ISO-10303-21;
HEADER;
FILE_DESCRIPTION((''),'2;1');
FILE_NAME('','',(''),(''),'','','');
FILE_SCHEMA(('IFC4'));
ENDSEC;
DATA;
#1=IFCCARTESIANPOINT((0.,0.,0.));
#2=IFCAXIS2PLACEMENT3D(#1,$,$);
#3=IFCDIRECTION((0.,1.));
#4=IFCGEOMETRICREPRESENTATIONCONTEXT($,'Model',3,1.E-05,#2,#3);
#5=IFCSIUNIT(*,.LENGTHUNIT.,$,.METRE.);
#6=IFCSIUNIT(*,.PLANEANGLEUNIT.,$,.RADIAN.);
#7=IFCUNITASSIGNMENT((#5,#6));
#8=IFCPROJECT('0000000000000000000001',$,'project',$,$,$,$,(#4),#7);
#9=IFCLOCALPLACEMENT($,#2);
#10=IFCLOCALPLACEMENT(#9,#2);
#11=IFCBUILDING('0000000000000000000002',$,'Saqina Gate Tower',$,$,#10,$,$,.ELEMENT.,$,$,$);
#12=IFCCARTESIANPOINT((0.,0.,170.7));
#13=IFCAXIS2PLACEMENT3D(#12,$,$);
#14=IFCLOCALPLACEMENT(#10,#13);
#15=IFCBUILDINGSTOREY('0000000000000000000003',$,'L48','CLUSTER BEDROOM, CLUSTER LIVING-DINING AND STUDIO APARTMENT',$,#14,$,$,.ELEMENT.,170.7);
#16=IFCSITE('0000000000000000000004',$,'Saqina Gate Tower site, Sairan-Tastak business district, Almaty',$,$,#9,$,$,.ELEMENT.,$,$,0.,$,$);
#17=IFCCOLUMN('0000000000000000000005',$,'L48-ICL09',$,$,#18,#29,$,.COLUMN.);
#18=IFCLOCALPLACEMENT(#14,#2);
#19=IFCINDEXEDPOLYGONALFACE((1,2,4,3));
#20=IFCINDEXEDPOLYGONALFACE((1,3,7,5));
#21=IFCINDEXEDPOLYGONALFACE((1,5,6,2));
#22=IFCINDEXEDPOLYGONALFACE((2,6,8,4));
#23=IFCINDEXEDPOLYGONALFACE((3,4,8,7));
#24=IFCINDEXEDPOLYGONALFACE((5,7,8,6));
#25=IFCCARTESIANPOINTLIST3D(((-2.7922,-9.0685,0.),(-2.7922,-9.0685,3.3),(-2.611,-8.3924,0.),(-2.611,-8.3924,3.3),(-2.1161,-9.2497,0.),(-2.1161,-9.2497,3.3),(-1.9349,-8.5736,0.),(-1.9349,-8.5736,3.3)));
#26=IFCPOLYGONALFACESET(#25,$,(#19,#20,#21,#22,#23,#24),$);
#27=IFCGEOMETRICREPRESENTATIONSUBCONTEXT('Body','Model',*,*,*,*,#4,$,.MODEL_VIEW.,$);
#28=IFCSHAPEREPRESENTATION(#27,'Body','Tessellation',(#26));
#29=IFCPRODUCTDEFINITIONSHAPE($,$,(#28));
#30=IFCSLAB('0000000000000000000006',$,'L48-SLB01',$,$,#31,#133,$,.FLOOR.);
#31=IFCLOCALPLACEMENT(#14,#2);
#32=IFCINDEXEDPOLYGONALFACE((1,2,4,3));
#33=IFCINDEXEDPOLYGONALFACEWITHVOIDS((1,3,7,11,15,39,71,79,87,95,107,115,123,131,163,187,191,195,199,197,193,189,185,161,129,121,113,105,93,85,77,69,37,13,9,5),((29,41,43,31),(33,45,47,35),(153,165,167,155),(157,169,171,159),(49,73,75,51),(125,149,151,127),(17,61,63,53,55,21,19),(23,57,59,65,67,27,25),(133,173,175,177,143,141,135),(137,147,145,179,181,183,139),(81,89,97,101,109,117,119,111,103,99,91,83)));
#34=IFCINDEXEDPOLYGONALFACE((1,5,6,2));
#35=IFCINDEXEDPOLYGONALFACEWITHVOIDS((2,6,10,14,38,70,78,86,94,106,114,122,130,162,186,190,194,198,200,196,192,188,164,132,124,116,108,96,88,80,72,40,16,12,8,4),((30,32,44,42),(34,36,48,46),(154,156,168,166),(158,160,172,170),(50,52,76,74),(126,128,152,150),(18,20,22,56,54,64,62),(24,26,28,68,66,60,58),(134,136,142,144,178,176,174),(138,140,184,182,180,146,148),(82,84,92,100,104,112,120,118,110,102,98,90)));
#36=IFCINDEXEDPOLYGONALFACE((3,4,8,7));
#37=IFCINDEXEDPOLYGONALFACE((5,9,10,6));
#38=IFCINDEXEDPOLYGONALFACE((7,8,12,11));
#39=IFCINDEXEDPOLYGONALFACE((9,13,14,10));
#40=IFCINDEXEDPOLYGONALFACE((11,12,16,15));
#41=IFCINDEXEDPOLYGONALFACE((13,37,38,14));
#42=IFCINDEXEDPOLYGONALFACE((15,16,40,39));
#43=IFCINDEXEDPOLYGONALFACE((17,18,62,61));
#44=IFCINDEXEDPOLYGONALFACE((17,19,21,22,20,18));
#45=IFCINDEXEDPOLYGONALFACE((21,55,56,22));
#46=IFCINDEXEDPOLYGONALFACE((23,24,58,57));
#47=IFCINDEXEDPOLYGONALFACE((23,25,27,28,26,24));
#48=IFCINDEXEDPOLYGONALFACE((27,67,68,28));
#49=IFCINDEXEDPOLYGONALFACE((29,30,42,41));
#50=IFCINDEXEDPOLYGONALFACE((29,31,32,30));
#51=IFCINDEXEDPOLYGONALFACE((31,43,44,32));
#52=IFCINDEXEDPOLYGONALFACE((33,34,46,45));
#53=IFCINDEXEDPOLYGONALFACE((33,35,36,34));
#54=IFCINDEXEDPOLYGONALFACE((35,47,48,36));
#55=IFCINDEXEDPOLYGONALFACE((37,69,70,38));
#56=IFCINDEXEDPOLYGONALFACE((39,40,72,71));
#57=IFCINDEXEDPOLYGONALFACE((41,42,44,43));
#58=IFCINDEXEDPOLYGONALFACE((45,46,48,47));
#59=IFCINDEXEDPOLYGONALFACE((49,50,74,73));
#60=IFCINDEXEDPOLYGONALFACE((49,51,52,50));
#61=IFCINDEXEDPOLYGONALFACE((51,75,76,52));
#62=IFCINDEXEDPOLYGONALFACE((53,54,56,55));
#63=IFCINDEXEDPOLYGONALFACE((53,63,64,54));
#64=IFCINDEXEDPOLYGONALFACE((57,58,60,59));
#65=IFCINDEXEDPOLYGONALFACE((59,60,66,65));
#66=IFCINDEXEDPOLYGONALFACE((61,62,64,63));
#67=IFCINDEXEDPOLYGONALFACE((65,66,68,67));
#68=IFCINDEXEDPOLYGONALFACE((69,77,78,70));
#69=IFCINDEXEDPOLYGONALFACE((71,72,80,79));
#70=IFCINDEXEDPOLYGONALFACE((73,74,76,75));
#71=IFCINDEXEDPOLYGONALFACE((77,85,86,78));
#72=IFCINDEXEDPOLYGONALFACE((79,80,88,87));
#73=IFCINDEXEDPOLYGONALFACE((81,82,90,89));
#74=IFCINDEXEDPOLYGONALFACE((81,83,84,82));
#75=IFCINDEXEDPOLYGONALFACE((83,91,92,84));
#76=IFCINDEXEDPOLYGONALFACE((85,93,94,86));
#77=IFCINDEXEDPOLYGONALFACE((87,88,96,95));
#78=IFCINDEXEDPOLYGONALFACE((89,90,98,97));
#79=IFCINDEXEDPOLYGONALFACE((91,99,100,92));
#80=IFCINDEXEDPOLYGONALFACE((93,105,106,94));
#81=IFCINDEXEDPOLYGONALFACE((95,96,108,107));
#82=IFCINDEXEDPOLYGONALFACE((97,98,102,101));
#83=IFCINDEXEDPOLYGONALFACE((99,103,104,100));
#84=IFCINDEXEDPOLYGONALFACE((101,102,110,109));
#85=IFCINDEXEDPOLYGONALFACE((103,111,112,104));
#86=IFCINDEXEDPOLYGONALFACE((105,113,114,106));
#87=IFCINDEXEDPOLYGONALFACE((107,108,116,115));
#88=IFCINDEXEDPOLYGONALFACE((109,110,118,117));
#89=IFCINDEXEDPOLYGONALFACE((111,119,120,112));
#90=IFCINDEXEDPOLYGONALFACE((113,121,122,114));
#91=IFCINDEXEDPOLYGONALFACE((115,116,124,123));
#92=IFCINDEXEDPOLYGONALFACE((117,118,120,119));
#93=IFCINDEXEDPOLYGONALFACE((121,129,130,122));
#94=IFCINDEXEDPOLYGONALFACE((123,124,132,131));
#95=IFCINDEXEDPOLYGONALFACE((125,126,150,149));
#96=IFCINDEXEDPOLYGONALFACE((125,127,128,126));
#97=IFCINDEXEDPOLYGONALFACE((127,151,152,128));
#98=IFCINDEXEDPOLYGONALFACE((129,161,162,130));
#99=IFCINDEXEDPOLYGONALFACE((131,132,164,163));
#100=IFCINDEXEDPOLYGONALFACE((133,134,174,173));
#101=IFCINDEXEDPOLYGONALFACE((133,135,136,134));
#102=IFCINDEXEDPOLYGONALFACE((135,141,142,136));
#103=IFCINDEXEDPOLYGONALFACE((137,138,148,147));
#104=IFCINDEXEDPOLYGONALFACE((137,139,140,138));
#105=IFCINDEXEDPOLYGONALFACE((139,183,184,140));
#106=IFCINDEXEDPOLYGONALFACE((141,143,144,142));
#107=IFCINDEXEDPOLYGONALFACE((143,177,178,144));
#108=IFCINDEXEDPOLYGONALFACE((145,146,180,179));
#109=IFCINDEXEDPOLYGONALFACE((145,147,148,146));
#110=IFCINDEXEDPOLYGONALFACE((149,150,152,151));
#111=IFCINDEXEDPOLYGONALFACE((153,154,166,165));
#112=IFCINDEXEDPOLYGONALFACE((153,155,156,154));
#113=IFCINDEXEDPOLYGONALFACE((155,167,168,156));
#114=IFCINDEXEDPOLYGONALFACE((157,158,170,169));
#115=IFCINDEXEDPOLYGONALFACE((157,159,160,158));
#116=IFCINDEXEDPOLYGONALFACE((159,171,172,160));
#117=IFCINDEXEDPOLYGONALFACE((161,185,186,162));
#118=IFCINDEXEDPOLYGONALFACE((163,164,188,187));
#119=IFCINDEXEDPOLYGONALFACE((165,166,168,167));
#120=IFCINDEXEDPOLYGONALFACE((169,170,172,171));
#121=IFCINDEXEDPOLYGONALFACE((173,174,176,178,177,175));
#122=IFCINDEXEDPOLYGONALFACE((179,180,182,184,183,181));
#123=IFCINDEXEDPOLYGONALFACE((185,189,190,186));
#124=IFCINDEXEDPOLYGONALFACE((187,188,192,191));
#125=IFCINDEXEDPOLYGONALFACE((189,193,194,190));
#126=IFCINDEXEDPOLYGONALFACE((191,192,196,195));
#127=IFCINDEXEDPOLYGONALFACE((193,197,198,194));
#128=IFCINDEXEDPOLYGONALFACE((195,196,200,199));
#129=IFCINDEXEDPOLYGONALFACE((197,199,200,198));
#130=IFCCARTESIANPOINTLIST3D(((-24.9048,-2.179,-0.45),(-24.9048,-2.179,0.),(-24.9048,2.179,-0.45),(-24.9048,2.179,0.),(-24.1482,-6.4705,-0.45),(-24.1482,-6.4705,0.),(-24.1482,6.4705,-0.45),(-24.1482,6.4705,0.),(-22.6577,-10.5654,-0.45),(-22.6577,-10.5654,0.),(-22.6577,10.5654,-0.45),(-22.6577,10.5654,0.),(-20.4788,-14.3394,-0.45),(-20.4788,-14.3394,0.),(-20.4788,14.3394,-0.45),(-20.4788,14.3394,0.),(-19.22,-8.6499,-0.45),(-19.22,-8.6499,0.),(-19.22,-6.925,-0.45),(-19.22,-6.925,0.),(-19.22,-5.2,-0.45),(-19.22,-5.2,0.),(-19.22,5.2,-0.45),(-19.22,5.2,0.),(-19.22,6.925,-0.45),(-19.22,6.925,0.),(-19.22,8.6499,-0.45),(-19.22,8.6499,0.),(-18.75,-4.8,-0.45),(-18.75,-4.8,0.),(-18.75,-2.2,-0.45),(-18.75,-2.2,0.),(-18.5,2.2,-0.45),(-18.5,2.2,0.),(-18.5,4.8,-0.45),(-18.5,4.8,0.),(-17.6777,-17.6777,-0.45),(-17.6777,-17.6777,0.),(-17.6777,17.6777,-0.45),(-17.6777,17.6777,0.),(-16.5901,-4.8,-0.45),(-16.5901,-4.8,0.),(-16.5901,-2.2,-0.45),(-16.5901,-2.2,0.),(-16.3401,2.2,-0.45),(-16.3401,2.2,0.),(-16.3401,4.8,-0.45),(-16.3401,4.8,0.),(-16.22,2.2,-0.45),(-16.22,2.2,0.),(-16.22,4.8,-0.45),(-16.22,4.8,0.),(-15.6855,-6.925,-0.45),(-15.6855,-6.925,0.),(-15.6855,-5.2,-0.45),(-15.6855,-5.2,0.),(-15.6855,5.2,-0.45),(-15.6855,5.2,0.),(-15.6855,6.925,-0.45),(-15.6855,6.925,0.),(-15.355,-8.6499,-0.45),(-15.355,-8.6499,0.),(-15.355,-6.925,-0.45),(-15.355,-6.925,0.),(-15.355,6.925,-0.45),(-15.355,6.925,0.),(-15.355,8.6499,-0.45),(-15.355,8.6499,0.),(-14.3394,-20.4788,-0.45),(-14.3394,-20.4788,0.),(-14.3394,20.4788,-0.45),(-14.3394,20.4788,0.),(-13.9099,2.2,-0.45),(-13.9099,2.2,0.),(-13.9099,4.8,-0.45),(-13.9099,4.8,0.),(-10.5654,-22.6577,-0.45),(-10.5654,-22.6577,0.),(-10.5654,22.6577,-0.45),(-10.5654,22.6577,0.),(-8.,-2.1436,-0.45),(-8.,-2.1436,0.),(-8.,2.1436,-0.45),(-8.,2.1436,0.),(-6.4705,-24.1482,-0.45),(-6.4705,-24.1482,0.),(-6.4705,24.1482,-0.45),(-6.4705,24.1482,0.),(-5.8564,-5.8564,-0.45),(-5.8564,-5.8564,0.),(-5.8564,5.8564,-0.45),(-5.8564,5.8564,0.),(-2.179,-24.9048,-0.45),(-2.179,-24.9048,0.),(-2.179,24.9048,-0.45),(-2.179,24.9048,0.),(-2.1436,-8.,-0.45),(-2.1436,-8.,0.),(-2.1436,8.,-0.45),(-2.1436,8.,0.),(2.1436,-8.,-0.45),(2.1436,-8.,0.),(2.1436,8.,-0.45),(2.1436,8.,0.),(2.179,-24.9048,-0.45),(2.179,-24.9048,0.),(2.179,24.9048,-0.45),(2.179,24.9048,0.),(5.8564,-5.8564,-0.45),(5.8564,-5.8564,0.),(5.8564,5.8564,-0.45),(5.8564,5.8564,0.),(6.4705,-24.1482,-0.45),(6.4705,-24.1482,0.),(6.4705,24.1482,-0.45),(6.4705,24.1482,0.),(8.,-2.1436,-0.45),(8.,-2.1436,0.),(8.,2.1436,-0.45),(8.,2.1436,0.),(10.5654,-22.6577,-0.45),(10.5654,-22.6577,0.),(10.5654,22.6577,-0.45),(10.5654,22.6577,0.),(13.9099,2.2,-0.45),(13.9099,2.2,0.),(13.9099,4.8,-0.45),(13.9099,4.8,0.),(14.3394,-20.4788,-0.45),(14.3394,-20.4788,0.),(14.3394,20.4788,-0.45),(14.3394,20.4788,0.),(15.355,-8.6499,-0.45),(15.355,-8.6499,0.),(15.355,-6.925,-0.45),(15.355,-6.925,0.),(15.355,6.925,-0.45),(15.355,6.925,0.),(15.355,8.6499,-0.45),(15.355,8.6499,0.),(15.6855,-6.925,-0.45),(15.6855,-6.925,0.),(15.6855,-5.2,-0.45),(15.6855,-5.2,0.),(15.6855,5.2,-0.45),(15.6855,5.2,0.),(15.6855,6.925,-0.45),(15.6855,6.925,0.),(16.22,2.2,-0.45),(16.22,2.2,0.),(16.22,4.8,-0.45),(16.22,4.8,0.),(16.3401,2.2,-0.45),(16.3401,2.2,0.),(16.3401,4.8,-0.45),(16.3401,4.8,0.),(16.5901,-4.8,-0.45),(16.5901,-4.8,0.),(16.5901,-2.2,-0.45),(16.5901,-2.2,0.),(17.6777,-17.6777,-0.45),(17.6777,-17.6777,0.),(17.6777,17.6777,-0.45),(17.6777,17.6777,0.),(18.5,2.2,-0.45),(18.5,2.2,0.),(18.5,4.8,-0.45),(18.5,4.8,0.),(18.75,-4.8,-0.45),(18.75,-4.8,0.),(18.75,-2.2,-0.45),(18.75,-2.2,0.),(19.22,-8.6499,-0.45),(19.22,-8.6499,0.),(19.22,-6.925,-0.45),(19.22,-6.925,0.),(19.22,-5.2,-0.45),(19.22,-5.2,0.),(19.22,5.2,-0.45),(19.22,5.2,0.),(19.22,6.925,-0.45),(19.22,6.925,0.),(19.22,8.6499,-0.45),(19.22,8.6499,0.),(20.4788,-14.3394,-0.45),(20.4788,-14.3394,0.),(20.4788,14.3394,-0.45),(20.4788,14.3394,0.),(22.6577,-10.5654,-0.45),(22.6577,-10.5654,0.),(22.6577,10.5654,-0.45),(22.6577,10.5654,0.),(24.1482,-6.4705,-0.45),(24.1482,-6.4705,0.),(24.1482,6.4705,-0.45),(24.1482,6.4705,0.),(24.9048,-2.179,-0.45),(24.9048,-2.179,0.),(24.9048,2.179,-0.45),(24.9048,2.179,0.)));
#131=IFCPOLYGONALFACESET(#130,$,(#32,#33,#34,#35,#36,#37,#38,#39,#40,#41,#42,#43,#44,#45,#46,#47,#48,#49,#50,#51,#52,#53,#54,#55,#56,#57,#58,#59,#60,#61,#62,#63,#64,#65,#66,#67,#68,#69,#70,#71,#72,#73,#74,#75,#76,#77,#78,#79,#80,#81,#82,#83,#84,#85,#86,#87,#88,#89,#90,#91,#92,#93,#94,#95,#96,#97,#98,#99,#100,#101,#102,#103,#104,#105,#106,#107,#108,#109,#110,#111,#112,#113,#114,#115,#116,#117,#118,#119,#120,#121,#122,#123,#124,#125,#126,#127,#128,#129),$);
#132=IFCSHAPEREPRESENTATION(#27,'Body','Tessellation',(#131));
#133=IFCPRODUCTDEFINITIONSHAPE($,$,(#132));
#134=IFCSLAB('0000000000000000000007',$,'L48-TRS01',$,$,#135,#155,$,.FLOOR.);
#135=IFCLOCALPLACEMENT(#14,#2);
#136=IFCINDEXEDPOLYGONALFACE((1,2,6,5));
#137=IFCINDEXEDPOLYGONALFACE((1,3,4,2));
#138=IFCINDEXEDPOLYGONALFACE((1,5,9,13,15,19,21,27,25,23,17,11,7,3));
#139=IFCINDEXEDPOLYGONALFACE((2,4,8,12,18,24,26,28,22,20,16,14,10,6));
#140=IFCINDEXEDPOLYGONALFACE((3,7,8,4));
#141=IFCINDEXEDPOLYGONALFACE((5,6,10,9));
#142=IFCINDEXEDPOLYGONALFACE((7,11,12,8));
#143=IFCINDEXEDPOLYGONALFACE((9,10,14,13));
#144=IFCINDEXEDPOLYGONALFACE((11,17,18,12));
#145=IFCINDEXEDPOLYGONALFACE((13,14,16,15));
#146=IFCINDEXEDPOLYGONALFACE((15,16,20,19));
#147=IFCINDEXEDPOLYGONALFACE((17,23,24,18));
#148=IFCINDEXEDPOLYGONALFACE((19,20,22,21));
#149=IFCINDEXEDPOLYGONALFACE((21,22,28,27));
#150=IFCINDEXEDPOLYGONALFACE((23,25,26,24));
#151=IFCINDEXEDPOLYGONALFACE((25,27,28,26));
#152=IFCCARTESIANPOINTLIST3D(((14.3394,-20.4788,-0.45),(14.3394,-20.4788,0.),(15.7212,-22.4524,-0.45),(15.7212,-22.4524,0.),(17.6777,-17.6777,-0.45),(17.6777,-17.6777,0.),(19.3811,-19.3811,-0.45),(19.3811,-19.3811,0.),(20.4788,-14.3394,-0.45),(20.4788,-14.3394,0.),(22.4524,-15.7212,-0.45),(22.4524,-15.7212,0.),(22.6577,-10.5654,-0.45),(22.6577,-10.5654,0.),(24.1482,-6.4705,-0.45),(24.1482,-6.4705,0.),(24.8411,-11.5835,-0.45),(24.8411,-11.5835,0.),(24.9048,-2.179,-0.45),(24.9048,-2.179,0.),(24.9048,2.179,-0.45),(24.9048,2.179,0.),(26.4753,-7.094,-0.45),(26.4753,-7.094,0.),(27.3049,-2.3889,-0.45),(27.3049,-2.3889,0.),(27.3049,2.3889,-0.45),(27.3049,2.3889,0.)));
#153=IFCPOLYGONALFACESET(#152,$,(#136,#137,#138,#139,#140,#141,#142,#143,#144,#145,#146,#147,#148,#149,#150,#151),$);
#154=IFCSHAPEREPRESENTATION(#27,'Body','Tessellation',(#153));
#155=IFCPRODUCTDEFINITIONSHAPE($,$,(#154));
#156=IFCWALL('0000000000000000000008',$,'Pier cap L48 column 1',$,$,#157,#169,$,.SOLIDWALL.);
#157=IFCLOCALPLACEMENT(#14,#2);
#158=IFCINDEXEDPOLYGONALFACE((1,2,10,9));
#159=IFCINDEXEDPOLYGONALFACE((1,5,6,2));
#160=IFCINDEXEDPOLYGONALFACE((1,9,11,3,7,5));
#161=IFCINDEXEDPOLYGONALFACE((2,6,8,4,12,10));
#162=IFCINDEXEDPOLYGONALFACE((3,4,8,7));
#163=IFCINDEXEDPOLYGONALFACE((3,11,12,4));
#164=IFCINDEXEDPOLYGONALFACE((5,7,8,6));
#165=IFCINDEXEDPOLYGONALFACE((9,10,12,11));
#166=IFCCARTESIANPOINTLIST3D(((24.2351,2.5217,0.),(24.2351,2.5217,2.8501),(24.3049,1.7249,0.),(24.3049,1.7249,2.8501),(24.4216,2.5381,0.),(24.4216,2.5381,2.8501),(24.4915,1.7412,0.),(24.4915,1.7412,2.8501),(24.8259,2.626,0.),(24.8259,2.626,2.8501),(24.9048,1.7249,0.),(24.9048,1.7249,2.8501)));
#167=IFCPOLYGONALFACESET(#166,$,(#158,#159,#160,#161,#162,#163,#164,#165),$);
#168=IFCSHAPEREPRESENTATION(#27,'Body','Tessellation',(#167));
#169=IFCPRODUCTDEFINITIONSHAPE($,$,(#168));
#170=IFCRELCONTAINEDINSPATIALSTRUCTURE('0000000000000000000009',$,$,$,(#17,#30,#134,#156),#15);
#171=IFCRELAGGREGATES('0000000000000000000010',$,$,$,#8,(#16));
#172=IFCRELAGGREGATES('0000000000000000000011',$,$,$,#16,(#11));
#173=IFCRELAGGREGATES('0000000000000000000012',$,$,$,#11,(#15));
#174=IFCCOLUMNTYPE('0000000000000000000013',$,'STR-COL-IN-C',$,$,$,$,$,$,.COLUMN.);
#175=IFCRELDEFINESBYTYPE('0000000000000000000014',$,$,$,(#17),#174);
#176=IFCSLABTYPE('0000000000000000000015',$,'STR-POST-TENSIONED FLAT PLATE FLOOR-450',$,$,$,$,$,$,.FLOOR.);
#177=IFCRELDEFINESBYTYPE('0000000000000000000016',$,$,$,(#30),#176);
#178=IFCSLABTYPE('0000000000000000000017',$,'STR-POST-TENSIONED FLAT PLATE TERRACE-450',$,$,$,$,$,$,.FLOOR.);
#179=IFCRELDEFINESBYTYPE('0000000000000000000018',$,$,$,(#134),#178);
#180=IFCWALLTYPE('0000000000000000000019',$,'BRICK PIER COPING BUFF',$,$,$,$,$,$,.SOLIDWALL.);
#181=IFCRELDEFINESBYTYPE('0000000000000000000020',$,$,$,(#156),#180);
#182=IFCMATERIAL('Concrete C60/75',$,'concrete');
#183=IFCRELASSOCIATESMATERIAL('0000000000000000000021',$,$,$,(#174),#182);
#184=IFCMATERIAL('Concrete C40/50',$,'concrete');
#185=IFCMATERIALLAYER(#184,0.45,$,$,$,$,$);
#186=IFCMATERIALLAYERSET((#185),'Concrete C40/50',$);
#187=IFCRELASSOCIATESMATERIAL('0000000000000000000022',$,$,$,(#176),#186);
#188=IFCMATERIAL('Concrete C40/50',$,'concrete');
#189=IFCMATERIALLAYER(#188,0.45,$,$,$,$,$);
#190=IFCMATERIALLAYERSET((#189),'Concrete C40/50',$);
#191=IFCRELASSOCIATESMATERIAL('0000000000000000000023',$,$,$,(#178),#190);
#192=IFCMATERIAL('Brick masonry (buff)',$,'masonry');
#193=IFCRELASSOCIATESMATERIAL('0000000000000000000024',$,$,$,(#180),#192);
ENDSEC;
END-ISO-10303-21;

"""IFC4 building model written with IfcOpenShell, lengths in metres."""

from ifc_helpers import new_model, si_unit, direction, frame, origin, origin_2d, place, context, subcontext, project, spatial, polyline, rectangle, outline, extrude, material, layer, layer_set, material_profile, profile_set, type_object, element, save


model = new_model("IFC4")

# Units and contexts
model_context = context("Model", 3, precision=1e-05, world=origin(), true_north=direction((0.0, 1.0)))
body_context = subcontext(model_context, "Body", "Model", "MODEL_VIEW")
ifc_project = project(units=[si_unit("LENGTHUNIT", "METRE"), si_unit("PLANEANGLEUNIT", "RADIAN")], contexts=[model_context])

# Site, building, storey
site_placement = place(None, origin())
site = spatial("IfcSite", under=ifc_project, at=site_placement, Name="Saqina Gate Tower site, Sairan-Tastak business district, Almaty", CompositionType="ELEMENT", RefElevation=0.0)
building_placement = place(site_placement, origin())
building = spatial("IfcBuilding", under=site, at=building_placement, Name="Saqina Gate Tower", CompositionType="ELEMENT")
storey_placement = place(building_placement, frame((0.0, 0.0, 170.7)))
storey = spatial("IfcBuildingStorey", under=building, at=storey_placement, Name="L48", Description="CLUSTER BEDROOM, CLUSTER LIVING-DINING AND STUDIO APARTMENT", CompositionType="ELEMENT", Elevation=170.7)

# Column
ifc_material_1 = material(Name="Concrete C60/75", Category="concrete")
ifc_material_profile = material_profile(ifc_material_1, rectangle(XDim=0.7, YDim=0.7, at=origin_2d()), Name="RC 700x700")
ifc_profile_set = profile_set([ifc_material_profile], Name="Concrete C60/75")
column_type = type_object("IfcColumnType", Name="STR-COL-IN-C", PredefinedType="COLUMN", material=ifc_profile_set)
column_placement = place(storey_placement, frame((-2.3635, -8.821, 0.0), z_axis=(0.0, 0.0, 1.0), x_axis=(-0.258819, -0.965926, 0.0)))
element("IfcColumn", 1, at=column_placement, inside=storey, type_object=column_type, Name="L48-ICL09", PredefinedType="COLUMN", context=body_context, shape_type="SweptSolid", body=[
    extrude(rectangle(XDim=0.7, YDim=0.7, at=origin_2d()), origin(), (0.0, 0.0, 1.0), 3.3),
])

# Slabs
ifc_material_2 = material(Name="Concrete C40/50", Category="concrete")
ifc_layer_1 = layer(ifc_material_2, 0.45)
ifc_layer_set_1 = layer_set([ifc_layer_1], Name="Concrete C40/50")
slab_type_1 = type_object("IfcSlabType", Name="STR-POST-TENSIONED FLAT PLATE FLOOR-450", PredefinedType="FLOOR", material=ifc_layer_set_1)
slab_1_placement = place(storey_placement, frame((0.0, 0.0, -0.45)))
element("IfcSlab", 2, at=slab_1_placement, inside=storey, type_object=slab_type_1, Name="L48-SLB01", PredefinedType="FLOOR", context=body_context, shape_type="SweptSolid", body=[
    extrude(outline(polyline([(24.1482, -6.4705), (24.9048, -2.179), (24.9048, 2.179), (24.1482, 6.4705), (22.6577, 10.5654), (20.4788, 14.3394), (17.6777, 17.6777), (14.3394, 20.4788), (10.5654, 22.6577), (6.4705, 24.1482), (2.179, 24.9048), (-2.179, 24.9048), (-6.4705, 24.1482), (-10.5654, 22.6577), (-14.3394, 20.4788), (-17.6777, 17.6777), (-20.4788, 14.3394), (-22.6577, 10.5654), (-24.1482, 6.4705), (-24.9048, 2.179), (-24.9048, -2.179), (-24.1482, -6.4705), (-22.6577, -10.5654), (-20.4788, -14.3394), (-17.6777, -17.6777), (-14.3394, -20.4788), (-10.5654, -22.6577), (-6.4705, -24.1482), (-2.179, -24.9048), (2.179, -24.9048), (6.4705, -24.1482), (10.5654, -22.6577), (14.3394, -20.4788), (17.6777, -17.6777), (20.4788, -14.3394), (22.6577, -10.5654), (24.1482, -6.4705)]), holes=[polyline([(2.1436, 8.0), (5.8564, 5.8564), (8.0, 2.1436), (8.0, -2.1436), (5.8564, -5.8564), (2.1436, -8.0), (-2.1436, -8.0), (-5.8564, -5.8564), (-8.0, -2.1436), (-8.0, 2.1436), (-5.8564, 5.8564), (-2.1436, 8.0), (2.1436, 8.0)]), polyline([(-15.355, -8.6499), (-19.22, -8.6499), (-19.22, -6.925), (-19.22, -5.2), (-15.6855, -5.2), (-15.6855, -6.925), (-15.355, -6.925), (-15.355, -8.6499)]), polyline([(-16.5901, -2.2), (-16.5901, -4.8), (-18.75, -4.8), (-18.75, -2.2), (-16.5901, -2.2)]), polyline([(-16.3401, 4.8), (-16.3401, 2.2), (-18.5, 2.2), (-18.5, 4.8), (-16.3401, 4.8)]), polyline([(-13.9099, 4.8), (-13.9099, 2.2), (-16.22, 2.2), (-16.22, 4.8), (-13.9099, 4.8)]), polyline([(-19.22, 6.925), (-19.22, 8.6499), (-15.355, 8.6499), (-15.355, 6.925), (-15.6855, 6.925), (-15.6855, 5.2), (-19.22, 5.2), (-19.22, 6.925)]), polyline([(15.355, -8.6499), (15.355, -6.925), (15.6855, -6.925), (15.6855, -5.2), (19.22, -5.2), (19.22, -6.925), (19.22, -8.6499), (15.355, -8.6499)]), polyline([(18.75, -2.2), (18.75, -4.8), (16.5901, -4.8), (16.5901, -2.2), (18.75, -2.2)]), polyline([(16.22, 4.8), (16.22, 2.2), (13.9099, 2.2), (13.9099, 4.8), (16.22, 4.8)]), polyline([(18.5, 4.8), (18.5, 2.2), (16.3401, 2.2), (16.3401, 4.8), (18.5, 4.8)]), polyline([(15.6855, 6.925), (15.355, 6.925), (15.355, 8.6499), (19.22, 8.6499), (19.22, 6.925), (19.22, 5.2), (15.6855, 5.2), (15.6855, 6.925)])]), origin(), (0.0, 0.0, 1.0), 0.45),
])
ifc_material_3 = material(Name="Concrete C40/50", Category="concrete")
ifc_layer_2 = layer(ifc_material_3, 0.45)
ifc_layer_set_2 = layer_set([ifc_layer_2], Name="Concrete C40/50")
slab_type_2 = type_object("IfcSlabType", Name="STR-POST-TENSIONED FLAT PLATE TERRACE-450", PredefinedType="FLOOR", material=ifc_layer_set_2)
slab_2_placement = place(storey_placement, frame((0.0, 0.0, -0.45)))
element("IfcSlab", 3, at=slab_2_placement, inside=storey, type_object=slab_type_2, Name="L48-TRS01", PredefinedType="FLOOR", context=body_context, shape_type="SweptSolid", body=[
    extrude(outline(polyline([(14.3394, -20.4788), (17.6777, -17.6777), (20.4788, -14.3394), (22.6577, -10.5654), (24.1482, -6.4705), (24.9048, -2.179), (24.9048, 2.179), (27.3049, 2.3889), (27.3049, -2.3889), (26.4753, -7.094), (24.8411, -11.5835), (22.4524, -15.7212), (19.3811, -19.3811), (15.7212, -22.4524), (14.3394, -20.4788)])), origin(), (0.0, 0.0, 1.0), 0.45),
])

# Wall
ifc_material_4 = material(Name="Brick masonry (buff)", Category="masonry")
wall_type_1 = type_object("IfcWallType", Name="BRICK PIER COPING BUFF", PredefinedType="SOLIDWALL", material=ifc_material_4)
wall_1_placement = place(storey_placement, origin())
element("IfcWall", 4, at=wall_1_placement, inside=storey, type_object=wall_type_1, Name="Pier cap L48 column 1", PredefinedType="SOLIDWALL", context=body_context, shape_type="SweptSolid", body=[
    extrude(outline(polyline([(24.9048, 1.7249), (24.8259, 2.626), (24.2351, 2.5217), (24.4216, 2.5381), (24.4915, 1.7412), (24.3049, 1.7249), (24.9048, 1.7249)])), origin(), (0.0, 0.0, 1.0), 2.8501),
])

save(model, "model.ifc")
